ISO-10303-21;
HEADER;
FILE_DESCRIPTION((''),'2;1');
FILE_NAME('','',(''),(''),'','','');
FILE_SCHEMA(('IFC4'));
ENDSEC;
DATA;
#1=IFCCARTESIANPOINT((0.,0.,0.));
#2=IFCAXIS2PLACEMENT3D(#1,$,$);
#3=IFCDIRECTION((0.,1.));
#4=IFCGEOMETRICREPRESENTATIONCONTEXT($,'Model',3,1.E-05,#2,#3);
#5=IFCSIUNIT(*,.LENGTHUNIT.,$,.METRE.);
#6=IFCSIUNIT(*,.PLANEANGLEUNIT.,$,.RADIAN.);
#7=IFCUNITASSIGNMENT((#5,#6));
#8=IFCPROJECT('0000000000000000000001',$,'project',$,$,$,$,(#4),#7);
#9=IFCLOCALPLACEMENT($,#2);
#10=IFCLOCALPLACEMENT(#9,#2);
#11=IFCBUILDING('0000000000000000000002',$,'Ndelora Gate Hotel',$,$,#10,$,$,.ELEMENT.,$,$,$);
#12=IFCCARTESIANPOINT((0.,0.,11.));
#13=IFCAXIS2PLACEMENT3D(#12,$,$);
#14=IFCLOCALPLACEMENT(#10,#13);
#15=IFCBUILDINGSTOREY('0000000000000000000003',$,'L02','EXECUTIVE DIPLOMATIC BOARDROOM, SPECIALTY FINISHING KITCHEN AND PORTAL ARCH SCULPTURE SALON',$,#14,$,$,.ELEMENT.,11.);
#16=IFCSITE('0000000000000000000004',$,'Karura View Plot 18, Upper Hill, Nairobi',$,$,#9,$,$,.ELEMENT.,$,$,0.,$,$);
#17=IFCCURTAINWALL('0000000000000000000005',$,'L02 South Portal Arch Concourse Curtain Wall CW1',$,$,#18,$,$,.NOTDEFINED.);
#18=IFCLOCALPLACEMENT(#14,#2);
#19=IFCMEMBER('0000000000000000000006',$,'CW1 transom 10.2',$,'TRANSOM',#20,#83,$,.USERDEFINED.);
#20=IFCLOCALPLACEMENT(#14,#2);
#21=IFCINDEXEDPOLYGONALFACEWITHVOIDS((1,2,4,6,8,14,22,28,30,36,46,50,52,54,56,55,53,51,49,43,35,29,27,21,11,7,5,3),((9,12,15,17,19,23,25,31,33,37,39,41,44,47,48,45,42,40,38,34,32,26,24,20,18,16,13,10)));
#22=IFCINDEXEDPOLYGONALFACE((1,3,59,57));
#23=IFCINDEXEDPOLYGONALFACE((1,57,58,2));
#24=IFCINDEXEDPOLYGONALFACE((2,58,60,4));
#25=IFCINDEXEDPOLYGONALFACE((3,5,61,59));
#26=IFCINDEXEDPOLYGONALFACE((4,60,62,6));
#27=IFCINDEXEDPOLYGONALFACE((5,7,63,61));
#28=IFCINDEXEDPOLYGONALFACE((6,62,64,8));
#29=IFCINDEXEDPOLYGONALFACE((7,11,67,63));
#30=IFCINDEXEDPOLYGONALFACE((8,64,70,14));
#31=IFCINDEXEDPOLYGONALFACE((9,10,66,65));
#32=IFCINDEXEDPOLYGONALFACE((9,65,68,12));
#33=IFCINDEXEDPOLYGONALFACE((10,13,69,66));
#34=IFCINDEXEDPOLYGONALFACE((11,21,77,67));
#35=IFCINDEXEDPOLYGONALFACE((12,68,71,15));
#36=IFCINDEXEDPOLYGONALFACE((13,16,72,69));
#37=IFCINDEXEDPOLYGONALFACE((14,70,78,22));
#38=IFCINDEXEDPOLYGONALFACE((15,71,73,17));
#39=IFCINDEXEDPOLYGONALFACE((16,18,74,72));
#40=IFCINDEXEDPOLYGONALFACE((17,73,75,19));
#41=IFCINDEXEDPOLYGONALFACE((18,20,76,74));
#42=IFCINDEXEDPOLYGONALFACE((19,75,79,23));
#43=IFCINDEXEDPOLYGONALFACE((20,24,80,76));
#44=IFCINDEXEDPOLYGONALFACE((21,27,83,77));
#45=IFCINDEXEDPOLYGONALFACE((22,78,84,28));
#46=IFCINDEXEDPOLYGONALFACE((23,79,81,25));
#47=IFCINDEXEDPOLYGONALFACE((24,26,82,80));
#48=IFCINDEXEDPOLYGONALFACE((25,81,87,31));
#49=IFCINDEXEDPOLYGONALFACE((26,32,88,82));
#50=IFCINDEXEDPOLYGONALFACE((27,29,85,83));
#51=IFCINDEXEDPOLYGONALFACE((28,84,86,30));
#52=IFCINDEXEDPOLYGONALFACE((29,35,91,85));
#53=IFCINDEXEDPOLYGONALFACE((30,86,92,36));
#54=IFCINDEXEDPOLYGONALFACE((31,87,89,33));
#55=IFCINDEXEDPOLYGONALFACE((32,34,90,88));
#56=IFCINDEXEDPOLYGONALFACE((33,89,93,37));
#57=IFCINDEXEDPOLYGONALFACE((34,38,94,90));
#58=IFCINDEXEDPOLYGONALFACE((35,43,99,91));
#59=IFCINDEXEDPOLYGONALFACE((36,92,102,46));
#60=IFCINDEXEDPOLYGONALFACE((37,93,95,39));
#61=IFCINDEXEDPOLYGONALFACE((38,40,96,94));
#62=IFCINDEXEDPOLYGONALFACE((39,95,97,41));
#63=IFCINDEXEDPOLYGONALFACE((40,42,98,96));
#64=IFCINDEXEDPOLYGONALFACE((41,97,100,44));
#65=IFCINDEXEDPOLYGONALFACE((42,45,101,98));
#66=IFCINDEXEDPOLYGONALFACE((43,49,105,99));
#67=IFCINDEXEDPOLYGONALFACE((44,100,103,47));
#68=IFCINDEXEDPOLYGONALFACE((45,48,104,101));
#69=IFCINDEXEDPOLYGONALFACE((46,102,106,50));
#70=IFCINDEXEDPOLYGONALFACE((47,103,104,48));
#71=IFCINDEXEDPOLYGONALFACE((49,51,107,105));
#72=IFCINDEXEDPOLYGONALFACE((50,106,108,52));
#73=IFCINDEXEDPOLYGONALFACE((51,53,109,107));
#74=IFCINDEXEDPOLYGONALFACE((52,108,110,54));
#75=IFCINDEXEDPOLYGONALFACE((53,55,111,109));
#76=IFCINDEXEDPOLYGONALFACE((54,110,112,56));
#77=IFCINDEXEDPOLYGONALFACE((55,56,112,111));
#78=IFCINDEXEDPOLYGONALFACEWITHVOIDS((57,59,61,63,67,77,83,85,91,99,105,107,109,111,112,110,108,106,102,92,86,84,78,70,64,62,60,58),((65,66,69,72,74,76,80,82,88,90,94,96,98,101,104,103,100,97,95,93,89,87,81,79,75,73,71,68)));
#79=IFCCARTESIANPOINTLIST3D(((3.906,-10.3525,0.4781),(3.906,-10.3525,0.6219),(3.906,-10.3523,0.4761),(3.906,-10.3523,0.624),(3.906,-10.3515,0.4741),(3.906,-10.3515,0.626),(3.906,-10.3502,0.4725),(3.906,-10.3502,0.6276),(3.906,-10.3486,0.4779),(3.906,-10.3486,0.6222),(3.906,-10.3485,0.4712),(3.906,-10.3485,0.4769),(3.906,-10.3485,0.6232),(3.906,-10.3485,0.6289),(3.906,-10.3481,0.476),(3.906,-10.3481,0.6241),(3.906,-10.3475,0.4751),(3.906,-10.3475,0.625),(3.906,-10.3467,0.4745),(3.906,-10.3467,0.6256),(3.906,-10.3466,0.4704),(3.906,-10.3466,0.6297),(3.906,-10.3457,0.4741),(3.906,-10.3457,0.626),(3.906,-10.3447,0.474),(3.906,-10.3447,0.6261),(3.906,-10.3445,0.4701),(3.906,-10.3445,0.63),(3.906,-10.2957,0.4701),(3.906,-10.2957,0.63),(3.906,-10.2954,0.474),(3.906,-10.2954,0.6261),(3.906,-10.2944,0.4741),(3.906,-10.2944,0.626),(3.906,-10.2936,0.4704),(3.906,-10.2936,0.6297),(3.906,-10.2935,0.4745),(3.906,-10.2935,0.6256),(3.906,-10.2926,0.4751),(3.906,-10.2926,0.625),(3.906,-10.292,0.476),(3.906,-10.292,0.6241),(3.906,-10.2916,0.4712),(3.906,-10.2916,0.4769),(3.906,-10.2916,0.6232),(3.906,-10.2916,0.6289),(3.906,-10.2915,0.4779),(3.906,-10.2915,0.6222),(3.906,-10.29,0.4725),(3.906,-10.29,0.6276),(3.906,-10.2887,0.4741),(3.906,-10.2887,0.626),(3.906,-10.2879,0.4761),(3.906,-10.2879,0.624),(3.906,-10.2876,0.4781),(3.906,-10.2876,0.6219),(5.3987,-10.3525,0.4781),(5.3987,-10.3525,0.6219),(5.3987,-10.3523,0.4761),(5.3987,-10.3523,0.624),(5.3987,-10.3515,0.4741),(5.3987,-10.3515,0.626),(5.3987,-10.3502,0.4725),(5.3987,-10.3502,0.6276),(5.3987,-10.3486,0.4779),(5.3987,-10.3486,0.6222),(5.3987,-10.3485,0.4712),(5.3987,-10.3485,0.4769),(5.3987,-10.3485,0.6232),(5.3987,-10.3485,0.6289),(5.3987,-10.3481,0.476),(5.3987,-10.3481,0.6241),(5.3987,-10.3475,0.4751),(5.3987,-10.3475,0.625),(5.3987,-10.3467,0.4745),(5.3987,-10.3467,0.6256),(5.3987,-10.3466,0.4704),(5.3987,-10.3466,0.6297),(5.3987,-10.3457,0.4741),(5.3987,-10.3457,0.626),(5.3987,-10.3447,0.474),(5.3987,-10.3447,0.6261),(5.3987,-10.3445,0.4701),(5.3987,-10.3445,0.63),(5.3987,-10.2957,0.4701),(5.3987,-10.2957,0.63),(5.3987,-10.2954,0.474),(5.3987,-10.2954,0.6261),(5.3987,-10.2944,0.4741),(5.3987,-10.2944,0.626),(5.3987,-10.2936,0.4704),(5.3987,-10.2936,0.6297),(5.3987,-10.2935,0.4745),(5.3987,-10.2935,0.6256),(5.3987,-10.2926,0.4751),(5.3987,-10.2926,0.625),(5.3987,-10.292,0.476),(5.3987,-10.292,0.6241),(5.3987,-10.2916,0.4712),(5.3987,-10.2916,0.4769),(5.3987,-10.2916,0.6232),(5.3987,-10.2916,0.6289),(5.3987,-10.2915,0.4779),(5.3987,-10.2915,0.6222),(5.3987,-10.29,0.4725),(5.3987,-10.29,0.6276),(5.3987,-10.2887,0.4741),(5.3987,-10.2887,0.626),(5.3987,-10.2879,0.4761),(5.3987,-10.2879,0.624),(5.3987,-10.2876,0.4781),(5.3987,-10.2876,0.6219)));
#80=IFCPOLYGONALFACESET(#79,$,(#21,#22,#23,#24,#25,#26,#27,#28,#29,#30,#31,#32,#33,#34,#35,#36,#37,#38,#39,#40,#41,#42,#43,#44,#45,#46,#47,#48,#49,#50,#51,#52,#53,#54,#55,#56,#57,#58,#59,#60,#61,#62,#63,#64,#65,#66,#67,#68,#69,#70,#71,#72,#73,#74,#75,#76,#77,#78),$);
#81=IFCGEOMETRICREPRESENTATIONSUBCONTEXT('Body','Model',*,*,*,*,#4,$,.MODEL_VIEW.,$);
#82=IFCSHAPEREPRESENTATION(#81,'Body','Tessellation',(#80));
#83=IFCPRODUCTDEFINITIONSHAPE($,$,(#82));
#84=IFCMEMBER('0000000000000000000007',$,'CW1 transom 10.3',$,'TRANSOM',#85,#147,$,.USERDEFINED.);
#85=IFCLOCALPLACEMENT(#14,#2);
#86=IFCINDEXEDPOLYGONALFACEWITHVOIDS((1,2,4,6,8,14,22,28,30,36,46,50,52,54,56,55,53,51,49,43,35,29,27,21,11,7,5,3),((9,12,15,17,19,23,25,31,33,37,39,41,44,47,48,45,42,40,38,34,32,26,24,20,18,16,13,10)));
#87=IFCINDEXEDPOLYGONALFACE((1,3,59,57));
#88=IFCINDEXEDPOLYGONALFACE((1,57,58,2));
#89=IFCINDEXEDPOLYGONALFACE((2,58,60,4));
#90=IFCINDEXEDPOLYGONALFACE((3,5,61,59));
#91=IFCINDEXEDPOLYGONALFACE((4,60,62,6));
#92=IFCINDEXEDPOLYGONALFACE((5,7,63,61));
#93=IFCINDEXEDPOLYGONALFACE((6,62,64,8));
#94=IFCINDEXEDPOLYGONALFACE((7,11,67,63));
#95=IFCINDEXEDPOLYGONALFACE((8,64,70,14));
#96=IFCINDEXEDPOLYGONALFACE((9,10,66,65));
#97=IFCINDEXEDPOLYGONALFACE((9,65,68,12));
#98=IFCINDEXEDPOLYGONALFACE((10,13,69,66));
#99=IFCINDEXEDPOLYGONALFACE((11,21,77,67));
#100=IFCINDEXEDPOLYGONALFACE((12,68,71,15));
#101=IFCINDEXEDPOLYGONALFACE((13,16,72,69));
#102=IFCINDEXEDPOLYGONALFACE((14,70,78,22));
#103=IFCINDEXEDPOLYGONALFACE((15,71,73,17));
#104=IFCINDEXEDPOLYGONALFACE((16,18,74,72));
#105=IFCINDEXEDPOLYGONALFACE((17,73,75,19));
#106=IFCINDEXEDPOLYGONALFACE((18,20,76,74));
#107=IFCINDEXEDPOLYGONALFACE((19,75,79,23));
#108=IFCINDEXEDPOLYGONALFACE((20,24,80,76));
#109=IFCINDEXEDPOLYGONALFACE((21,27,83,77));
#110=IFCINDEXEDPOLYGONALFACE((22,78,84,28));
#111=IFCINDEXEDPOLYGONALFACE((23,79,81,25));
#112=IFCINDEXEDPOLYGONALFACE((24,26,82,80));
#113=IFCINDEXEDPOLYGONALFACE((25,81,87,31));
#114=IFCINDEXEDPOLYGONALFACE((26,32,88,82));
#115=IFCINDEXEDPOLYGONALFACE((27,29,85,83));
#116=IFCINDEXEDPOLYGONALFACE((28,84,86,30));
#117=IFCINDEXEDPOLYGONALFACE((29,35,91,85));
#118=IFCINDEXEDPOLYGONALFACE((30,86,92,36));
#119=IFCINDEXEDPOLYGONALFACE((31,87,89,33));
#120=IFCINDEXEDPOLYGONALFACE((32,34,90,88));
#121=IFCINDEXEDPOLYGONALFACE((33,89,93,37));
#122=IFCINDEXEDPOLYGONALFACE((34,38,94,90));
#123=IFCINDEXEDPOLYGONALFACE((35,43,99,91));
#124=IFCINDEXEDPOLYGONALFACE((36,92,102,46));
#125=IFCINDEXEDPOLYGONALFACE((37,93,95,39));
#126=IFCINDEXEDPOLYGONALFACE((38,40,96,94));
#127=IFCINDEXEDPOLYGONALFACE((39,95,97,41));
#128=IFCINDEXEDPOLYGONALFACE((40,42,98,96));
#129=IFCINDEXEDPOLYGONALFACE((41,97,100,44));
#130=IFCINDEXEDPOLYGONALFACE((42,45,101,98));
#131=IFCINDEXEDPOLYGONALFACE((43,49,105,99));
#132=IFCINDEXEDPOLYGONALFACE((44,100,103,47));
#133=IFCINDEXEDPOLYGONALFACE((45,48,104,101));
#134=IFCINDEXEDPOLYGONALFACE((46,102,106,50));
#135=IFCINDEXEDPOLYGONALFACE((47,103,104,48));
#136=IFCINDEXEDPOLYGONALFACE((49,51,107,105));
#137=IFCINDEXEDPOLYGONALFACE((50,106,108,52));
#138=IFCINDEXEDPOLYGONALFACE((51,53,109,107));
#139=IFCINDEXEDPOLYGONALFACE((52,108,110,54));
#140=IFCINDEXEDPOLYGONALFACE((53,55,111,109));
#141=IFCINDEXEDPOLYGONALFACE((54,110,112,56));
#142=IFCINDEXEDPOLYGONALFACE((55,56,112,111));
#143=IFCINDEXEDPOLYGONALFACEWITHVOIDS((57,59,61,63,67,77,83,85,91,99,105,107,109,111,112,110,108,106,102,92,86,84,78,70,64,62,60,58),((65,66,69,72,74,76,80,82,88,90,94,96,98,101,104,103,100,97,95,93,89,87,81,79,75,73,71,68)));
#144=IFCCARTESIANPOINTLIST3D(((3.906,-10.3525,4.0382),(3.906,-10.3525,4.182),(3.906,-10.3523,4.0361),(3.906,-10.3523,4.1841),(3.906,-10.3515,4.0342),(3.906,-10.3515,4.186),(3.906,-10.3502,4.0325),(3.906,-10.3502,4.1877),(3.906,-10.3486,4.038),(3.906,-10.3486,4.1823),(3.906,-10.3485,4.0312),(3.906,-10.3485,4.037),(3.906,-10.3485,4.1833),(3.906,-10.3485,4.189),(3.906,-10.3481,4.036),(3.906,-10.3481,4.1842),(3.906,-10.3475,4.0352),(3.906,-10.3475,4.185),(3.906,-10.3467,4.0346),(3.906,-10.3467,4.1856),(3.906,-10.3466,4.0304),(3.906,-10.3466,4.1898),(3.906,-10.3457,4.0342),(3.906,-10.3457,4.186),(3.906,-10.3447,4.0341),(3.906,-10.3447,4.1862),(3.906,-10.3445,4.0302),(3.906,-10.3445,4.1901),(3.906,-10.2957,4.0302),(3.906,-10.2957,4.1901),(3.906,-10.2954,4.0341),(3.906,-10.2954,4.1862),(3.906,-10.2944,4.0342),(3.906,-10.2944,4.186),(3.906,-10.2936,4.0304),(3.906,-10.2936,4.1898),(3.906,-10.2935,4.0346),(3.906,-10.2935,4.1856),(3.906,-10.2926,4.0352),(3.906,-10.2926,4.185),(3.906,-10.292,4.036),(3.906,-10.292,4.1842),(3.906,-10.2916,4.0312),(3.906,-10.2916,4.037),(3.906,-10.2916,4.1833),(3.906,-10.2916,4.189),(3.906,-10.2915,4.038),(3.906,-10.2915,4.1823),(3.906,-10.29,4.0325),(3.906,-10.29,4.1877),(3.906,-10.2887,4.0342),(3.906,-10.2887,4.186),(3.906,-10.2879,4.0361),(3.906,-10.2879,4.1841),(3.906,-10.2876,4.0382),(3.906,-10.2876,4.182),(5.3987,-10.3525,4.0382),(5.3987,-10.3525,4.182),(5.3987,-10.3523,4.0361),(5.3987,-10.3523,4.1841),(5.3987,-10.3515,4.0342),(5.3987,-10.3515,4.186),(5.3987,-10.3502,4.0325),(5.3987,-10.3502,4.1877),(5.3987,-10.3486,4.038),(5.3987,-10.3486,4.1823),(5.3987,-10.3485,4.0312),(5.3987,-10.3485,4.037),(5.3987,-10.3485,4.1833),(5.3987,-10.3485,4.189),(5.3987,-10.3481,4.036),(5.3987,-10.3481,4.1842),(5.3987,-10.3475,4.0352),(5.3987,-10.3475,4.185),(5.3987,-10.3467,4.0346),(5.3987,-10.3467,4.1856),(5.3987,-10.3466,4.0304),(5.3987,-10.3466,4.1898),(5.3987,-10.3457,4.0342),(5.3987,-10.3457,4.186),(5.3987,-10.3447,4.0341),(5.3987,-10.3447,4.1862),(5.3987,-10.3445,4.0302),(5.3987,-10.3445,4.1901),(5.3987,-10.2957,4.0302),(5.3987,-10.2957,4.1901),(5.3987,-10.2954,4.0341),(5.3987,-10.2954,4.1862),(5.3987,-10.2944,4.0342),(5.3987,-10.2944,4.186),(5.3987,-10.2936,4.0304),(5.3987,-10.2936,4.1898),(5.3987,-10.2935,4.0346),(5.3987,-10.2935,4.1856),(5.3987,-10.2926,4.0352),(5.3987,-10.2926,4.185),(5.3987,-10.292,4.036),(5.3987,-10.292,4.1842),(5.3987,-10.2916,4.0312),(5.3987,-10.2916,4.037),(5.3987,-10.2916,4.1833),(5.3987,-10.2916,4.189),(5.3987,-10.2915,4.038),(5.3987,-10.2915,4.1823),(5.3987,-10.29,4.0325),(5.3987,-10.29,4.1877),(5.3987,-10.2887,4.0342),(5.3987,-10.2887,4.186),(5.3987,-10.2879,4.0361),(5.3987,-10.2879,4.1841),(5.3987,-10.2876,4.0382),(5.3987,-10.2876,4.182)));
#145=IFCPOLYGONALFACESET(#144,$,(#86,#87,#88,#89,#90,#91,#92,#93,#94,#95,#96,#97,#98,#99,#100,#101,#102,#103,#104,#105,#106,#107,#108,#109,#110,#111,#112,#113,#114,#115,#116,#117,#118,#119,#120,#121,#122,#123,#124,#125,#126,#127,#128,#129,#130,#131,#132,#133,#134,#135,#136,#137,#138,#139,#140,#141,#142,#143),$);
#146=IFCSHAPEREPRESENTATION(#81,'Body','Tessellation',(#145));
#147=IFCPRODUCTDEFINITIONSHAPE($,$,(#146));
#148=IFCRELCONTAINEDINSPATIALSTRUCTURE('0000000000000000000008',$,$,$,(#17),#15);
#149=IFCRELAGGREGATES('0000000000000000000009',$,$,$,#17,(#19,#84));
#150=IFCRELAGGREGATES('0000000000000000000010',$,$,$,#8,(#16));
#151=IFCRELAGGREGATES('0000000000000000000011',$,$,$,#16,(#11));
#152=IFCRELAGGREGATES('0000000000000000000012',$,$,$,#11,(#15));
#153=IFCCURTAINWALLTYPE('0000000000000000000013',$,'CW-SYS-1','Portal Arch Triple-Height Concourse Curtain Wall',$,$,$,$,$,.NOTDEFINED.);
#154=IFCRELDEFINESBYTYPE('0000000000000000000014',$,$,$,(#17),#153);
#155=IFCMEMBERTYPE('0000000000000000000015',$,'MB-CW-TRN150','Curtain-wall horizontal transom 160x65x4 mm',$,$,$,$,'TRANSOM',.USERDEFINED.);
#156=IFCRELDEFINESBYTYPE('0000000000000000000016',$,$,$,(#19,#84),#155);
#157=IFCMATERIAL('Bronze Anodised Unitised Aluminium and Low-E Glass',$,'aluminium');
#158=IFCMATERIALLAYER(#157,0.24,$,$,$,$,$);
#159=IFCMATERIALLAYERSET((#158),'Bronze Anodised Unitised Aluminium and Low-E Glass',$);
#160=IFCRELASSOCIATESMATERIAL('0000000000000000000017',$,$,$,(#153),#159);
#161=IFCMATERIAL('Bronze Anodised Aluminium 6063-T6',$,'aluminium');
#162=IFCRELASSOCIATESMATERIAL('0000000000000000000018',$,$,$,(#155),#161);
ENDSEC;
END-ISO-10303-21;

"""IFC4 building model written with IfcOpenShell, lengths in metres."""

from ifc_helpers import new_model, si_unit, direction, frame, origin, origin_2d, place, context, subcontext, project, spatial, hollow_rectangle, extrude, material, layer, layer_set, material_profile, profile_set, type_object, element, aggregate, save


model = new_model("IFC4")

# Units and contexts
model_context = context("Model", 3, precision=1e-05, world=origin(), true_north=direction((0.0, 1.0)))
body_context = subcontext(model_context, "Body", "Model", "MODEL_VIEW")
ifc_project = project(units=[si_unit("LENGTHUNIT", "METRE"), si_unit("PLANEANGLEUNIT", "RADIAN")], contexts=[model_context])

# Site, building, storey
site_placement = place(None, origin())
site = spatial("IfcSite", under=ifc_project, at=site_placement, Name="Karura View Plot 18, Upper Hill, Nairobi", CompositionType="ELEMENT", RefElevation=0.0)
building_placement = place(site_placement, origin())
building = spatial("IfcBuilding", under=site, at=building_placement, Name="Ndelora Gate Hotel", CompositionType="ELEMENT")
storey_placement = place(building_placement, frame((0.0, 0.0, 11.0)))
storey = spatial("IfcBuildingStorey", under=building, at=storey_placement, Name="L02", Description="EXECUTIVE DIPLOMATIC BOARDROOM, SPECIALTY FINISHING KITCHEN AND PORTAL ARCH SCULPTURE SALON", CompositionType="ELEMENT", Elevation=11.0)

# Curtain wall, members
ifc_material_1 = material(Name="Bronze Anodised Unitised Aluminium and Low-E Glass", Category="aluminium")
ifc_layer_1 = layer(ifc_material_1, 0.24)
ifc_layer_set_1 = layer_set([ifc_layer_1], Name="Bronze Anodised Unitised Aluminium and Low-E Glass")
curtain_wall_type = type_object("IfcCurtainWallType", Name="CW-SYS-1", Description="Portal Arch Triple-Height Concourse Curtain Wall", PredefinedType="NOTDEFINED", material=ifc_layer_set_1)
curtain_wall_placement = place(storey_placement, origin())
curtain_wall = element("IfcCurtainWall", 1, at=curtain_wall_placement, inside=storey, type_object=curtain_wall_type, Name="L02 South Portal Arch Concourse Curtain Wall CW1", PredefinedType="NOTDEFINED")
ifc_material_2 = material(Name="Bronze Anodised Aluminium 6063-T6", Category="aluminium")
ifc_material_profile_1 = material_profile(ifc_material_2, hollow_rectangle(XDim=0.0649, YDim=0.1599, WallThickness=0.0039, InnerFilletRadius=0.0039, OuterFilletRadius=0.0081, at=origin_2d()), Name="ALU 160x65x4")
ifc_profile_set_1 = profile_set([ifc_material_profile_1], Name="Bronze Anodised Aluminium 6063-T6")
member_type_1 = type_object("IfcMemberType", Name="MB-CW-TRN150", Description="Curtain-wall horizontal transom 160x65x4 mm", ElementType="TRANSOM", PredefinedType="USERDEFINED", material=ifc_profile_set_1)
member_1_placement = place(storey_placement, frame((3.906, -10.3201, 0.55), z_axis=(1.0, 0.0, 0.0), x_axis=(0.0, 1.0, 0.0)))
member_1 = element("IfcMember", 2, at=member_1_placement, type_object=member_type_1, Name="CW1 transom 10.2", ObjectType="TRANSOM", PredefinedType="USERDEFINED", context=body_context, shape_type="SweptSolid", body=[
    extrude(hollow_rectangle(XDim=0.0649, YDim=0.1599, WallThickness=0.0039, InnerFilletRadius=0.0039, OuterFilletRadius=0.0081, at=origin_2d()), origin(), (0.0, 0.0, 1.0), 1.4927),
])
member_2_placement = place(storey_placement, frame((3.906, -10.3201, 4.1101), z_axis=(1.0, 0.0, 0.0), x_axis=(0.0, 1.0, 0.0)))
member_2 = element("IfcMember", 3, at=member_2_placement, type_object=member_type_1, Name="CW1 transom 10.3", ObjectType="TRANSOM", PredefinedType="USERDEFINED", context=body_context, shape_type="SweptSolid", body=[
    extrude(hollow_rectangle(XDim=0.0649, YDim=0.1599, WallThickness=0.0039, InnerFilletRadius=0.0039, OuterFilletRadius=0.0081, at=origin_2d()), origin(), (0.0, 0.0, 1.0), 1.4927),
])
aggregate(curtain_wall, [member_1, member_2])

save(model, "model.ifc")
